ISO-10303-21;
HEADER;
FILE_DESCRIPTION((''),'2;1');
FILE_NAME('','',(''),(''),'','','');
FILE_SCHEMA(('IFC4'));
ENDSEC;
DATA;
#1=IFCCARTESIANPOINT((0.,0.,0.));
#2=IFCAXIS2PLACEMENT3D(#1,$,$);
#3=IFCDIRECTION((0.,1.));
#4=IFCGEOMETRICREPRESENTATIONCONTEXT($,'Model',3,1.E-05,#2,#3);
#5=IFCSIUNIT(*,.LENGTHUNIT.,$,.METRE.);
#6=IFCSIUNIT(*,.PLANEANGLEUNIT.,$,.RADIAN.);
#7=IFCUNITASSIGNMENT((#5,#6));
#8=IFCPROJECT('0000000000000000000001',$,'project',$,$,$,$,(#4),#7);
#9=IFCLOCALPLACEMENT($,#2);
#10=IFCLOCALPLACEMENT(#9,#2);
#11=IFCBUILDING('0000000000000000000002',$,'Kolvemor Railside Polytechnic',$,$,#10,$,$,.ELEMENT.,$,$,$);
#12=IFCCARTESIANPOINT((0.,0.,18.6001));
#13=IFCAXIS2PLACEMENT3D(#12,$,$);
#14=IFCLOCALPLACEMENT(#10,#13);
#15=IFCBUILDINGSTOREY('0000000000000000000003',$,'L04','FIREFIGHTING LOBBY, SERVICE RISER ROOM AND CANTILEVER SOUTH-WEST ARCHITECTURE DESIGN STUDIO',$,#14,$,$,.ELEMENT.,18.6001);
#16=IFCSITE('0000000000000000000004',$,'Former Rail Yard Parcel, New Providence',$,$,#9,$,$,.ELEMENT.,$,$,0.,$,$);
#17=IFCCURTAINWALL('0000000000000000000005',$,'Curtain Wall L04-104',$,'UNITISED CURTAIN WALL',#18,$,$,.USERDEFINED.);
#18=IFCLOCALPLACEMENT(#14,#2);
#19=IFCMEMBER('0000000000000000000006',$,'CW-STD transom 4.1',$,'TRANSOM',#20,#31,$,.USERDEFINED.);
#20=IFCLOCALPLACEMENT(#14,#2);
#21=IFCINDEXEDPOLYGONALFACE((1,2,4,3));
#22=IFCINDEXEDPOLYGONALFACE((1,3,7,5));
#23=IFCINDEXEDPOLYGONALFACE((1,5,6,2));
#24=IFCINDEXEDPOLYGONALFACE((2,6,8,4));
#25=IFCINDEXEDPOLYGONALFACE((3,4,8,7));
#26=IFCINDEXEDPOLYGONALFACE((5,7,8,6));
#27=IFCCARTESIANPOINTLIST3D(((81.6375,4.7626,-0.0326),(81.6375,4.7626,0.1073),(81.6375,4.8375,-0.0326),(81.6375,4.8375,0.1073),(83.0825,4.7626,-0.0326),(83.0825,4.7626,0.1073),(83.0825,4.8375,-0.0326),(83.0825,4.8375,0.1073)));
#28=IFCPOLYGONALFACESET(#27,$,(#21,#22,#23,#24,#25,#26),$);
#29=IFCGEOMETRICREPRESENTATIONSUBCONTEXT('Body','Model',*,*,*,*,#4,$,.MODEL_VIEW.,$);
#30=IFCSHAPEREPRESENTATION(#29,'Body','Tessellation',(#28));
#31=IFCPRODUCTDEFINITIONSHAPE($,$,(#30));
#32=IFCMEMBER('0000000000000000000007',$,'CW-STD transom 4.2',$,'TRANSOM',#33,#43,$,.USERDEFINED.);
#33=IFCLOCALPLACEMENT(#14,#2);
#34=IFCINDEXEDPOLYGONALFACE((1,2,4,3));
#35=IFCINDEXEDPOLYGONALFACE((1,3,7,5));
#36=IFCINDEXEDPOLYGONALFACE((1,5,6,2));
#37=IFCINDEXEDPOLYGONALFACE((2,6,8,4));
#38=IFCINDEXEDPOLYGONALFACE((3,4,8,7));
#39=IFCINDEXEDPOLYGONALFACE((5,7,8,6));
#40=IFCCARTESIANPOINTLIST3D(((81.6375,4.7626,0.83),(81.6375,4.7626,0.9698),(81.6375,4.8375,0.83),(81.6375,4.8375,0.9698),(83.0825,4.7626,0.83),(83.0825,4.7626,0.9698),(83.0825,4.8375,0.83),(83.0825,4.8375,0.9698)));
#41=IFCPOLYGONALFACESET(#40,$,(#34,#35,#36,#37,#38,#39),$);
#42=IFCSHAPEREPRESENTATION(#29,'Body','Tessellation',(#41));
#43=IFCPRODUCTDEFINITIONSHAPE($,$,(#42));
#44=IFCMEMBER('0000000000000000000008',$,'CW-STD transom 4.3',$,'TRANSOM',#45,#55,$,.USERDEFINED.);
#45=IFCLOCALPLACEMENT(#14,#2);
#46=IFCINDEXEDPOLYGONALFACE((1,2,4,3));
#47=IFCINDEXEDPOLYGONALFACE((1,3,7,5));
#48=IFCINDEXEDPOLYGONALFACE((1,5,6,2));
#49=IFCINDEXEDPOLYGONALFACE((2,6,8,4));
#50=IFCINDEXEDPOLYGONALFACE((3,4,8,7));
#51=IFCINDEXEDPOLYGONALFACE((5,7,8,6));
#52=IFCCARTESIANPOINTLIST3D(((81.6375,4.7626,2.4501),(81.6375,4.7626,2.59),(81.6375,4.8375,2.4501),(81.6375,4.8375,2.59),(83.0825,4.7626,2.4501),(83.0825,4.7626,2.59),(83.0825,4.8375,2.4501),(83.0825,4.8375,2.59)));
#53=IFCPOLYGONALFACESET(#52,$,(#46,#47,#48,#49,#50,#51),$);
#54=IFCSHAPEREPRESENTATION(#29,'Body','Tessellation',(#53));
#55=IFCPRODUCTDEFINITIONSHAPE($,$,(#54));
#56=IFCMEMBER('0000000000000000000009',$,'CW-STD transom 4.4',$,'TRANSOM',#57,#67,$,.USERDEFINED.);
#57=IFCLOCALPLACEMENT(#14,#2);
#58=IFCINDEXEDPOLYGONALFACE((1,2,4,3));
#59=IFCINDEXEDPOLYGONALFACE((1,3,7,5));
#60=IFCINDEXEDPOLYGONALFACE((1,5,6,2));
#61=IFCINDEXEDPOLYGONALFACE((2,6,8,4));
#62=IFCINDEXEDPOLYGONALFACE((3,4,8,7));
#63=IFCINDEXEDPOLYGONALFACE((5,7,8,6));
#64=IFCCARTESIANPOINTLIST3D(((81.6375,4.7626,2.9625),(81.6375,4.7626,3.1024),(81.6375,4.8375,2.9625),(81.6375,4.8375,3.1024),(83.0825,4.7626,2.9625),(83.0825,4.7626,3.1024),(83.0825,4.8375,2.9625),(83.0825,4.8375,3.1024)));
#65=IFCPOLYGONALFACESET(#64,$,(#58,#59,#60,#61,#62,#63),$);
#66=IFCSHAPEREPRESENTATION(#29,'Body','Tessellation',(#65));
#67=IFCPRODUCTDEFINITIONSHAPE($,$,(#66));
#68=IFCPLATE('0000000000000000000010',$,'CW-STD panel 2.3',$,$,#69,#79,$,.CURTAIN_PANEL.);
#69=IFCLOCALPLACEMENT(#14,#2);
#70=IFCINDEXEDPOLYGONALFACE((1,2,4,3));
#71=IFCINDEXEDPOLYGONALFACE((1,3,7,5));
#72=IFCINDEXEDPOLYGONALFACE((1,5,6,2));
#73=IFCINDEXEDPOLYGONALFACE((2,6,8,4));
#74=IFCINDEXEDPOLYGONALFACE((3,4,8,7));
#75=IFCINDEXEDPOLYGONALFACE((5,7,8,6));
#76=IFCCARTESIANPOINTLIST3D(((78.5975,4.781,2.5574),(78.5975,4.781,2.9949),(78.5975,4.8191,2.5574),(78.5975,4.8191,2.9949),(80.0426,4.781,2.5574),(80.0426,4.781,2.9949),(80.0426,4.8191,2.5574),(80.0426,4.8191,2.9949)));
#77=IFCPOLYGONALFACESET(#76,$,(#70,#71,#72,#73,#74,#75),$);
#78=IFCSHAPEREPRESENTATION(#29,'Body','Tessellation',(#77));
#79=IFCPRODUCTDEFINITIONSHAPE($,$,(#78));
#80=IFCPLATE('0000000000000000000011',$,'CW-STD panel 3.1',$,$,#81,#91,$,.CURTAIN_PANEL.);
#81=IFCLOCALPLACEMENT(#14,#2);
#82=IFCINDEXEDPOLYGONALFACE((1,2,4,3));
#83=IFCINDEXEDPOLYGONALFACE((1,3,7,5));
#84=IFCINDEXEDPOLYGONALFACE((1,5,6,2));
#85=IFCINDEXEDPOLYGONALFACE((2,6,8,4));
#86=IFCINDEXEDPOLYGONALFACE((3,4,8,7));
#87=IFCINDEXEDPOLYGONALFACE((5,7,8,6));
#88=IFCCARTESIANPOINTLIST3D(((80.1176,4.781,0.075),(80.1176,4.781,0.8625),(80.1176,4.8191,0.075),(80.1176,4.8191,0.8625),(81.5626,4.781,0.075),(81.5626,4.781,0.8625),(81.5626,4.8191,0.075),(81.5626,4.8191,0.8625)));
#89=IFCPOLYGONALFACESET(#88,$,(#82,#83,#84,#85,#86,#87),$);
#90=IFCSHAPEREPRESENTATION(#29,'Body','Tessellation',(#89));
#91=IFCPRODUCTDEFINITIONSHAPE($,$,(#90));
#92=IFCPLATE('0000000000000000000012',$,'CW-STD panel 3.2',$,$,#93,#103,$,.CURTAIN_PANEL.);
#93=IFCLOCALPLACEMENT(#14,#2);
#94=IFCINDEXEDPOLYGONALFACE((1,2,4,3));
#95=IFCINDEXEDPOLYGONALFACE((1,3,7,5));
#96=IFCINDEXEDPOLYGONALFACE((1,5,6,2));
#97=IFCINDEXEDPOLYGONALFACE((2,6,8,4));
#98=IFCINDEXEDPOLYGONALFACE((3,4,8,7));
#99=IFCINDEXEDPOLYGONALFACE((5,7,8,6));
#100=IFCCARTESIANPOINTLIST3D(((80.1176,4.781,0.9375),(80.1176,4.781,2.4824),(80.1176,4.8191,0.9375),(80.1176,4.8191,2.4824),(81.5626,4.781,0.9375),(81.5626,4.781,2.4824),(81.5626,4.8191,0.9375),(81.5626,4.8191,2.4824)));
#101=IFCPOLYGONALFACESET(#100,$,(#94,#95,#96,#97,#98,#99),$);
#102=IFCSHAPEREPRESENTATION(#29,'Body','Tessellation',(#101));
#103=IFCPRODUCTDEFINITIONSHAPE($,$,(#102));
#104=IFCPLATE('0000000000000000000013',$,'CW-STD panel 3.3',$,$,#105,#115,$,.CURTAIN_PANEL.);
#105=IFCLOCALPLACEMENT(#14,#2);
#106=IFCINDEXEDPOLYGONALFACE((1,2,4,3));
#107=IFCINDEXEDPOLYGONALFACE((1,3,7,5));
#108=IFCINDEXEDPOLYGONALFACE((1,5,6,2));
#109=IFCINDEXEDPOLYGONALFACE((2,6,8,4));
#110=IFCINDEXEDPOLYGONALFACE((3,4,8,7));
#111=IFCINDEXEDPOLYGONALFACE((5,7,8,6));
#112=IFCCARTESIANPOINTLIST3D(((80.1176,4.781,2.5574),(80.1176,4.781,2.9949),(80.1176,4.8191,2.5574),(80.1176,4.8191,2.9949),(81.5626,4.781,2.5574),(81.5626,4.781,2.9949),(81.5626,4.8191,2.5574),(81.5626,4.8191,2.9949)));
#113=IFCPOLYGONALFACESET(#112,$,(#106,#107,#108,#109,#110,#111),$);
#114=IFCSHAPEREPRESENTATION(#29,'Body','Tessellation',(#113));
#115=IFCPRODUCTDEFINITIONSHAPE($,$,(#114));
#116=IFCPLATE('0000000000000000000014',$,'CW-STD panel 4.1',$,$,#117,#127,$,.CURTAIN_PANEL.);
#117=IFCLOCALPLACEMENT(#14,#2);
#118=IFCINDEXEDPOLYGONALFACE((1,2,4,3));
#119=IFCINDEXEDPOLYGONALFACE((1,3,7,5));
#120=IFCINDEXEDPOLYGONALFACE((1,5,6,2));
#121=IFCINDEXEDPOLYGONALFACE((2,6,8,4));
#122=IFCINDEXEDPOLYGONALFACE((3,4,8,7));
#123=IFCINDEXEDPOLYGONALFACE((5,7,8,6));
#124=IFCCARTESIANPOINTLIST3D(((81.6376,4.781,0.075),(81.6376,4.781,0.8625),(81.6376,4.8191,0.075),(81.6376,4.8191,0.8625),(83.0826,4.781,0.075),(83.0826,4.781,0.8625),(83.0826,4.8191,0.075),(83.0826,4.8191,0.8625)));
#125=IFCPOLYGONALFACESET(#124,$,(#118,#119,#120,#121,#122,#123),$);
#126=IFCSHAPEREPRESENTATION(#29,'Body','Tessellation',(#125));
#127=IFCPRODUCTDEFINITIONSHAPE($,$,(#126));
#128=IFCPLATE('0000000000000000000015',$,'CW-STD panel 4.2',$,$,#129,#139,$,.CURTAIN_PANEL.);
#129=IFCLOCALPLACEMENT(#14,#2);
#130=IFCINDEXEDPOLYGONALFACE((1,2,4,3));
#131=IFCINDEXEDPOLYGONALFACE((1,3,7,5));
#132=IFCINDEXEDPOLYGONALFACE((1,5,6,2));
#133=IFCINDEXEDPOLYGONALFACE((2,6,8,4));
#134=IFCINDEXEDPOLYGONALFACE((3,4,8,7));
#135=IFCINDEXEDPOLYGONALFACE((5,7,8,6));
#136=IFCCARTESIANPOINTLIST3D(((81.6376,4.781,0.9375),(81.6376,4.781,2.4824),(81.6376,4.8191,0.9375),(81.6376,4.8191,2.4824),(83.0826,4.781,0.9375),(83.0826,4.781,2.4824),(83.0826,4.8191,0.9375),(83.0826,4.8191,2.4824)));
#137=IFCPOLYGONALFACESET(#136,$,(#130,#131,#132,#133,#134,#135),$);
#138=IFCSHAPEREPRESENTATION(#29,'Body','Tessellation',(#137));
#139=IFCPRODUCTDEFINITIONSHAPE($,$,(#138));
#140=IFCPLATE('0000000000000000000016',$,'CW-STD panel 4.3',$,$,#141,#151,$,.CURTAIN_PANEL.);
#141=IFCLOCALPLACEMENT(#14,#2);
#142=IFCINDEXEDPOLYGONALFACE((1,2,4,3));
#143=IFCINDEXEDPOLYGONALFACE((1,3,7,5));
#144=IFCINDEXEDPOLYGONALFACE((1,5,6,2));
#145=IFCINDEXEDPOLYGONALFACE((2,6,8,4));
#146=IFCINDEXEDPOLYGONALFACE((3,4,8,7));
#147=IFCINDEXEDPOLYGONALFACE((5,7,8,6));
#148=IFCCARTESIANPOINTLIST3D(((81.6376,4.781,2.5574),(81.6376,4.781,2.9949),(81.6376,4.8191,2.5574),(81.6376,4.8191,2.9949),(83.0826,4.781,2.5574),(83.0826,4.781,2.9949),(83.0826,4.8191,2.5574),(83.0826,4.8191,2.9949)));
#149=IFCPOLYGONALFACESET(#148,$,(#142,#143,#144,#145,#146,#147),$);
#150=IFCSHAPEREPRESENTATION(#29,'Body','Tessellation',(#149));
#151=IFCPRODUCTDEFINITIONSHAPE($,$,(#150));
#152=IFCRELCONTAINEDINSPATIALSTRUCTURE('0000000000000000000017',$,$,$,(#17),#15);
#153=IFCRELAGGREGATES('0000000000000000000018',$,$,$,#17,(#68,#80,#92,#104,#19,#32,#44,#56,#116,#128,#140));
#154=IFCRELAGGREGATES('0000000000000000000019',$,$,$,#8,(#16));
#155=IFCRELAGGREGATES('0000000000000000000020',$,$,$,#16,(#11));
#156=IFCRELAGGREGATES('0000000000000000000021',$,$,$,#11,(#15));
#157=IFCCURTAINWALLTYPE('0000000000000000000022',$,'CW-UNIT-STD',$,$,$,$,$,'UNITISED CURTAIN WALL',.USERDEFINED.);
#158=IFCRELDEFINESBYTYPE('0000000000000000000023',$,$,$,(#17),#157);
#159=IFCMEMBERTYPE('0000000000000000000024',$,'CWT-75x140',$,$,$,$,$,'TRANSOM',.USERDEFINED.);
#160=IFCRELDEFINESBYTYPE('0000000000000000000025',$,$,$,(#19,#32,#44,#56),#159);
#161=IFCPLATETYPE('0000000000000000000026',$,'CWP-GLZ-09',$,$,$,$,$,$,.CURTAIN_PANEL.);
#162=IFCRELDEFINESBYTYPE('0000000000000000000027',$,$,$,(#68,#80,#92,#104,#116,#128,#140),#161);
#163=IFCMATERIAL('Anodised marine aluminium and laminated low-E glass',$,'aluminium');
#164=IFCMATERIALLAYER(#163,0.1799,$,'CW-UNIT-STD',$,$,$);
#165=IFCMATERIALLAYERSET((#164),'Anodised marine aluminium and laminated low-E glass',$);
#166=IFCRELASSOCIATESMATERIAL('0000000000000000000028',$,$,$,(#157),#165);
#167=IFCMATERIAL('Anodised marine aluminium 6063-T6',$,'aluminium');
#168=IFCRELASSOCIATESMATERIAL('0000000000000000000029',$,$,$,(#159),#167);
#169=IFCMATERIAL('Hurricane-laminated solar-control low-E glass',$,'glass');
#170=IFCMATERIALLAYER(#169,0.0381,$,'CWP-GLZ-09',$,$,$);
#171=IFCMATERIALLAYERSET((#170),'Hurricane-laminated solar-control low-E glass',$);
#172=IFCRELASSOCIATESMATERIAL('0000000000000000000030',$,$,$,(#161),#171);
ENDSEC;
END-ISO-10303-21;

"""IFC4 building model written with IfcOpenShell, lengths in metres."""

from ifc_helpers import new_model, si_unit, direction, frame, origin, origin_2d, place, context, subcontext, project, spatial, rectangle, extrude, material, layer, layer_set, material_profile, profile_set, type_object, element, aggregate, save


model = new_model("IFC4")

# Units and contexts
model_context = context("Model", 3, precision=1e-05, world=origin(), true_north=direction((0.0, 1.0)))
body_context = subcontext(model_context, "Body", "Model", "MODEL_VIEW")
ifc_project = project(units=[si_unit("LENGTHUNIT", "METRE"), si_unit("PLANEANGLEUNIT", "RADIAN")], contexts=[model_context])

# Site, building, storey
site_placement = place(None, origin())
site = spatial("IfcSite", under=ifc_project, at=site_placement, Name="Former Rail Yard Parcel, New Providence", CompositionType="ELEMENT", RefElevation=0.0)
building_placement = place(site_placement, origin())
building = spatial("IfcBuilding", under=site, at=building_placement, Name="Kolvemor Railside Polytechnic", CompositionType="ELEMENT")
storey_placement = place(building_placement, frame((0.0, 0.0, 18.6001)))
storey = spatial("IfcBuildingStorey", under=building, at=storey_placement, Name="L04", Description="FIREFIGHTING LOBBY, SERVICE RISER ROOM AND CANTILEVER SOUTH-WEST ARCHITECTURE DESIGN STUDIO", CompositionType="ELEMENT", Elevation=18.6001)

# Curtain wall, members, plates
ifc_material_1 = material(Name="Anodised marine aluminium and laminated low-E glass", Category="aluminium")
ifc_layer_1 = layer(ifc_material_1, 0.1799, Name="CW-UNIT-STD")
ifc_layer_set_1 = layer_set([ifc_layer_1], Name="Anodised marine aluminium and laminated low-E glass")
curtain_wall_type = type_object("IfcCurtainWallType", Name="CW-UNIT-STD", ElementType="UNITISED CURTAIN WALL", PredefinedType="USERDEFINED", material=ifc_layer_set_1)
curtain_wall_placement = place(storey_placement, origin())
curtain_wall = element("IfcCurtainWall", 1, at=curtain_wall_placement, inside=storey, type_object=curtain_wall_type, Name="Curtain Wall L04-104", ObjectType="UNITISED CURTAIN WALL", PredefinedType="USERDEFINED")
ifc_material_2 = material(Name="Anodised marine aluminium 6063-T6", Category="aluminium")
ifc_material_profile_1 = material_profile(ifc_material_2, rectangle(XDim=0.075, YDim=0.1399, at=origin_2d()), Name="CW-TRN-75x140")
ifc_profile_set_1 = profile_set([ifc_material_profile_1], Name="Anodised marine aluminium 6063-T6")
member_type_1 = type_object("IfcMemberType", Name="CWT-75x140", ElementType="TRANSOM", PredefinedType="USERDEFINED", material=ifc_profile_set_1)
member_1_placement = place(storey_placement, frame((81.6375, 4.8, 0.0374), z_axis=(1.0, 0.0, 0.0), x_axis=(0.0, 1.0, 0.0)))
member_1 = element("IfcMember", 2, at=member_1_placement, type_object=member_type_1, Name="CW-STD transom 4.1", ObjectType="TRANSOM", PredefinedType="USERDEFINED", context=body_context, shape_type="SweptSolid", body=[
    extrude(rectangle(XDim=0.075, YDim=0.1399, at=origin_2d()), origin(), (0.0, 0.0, 1.0), 1.4451),
])
member_2_placement = place(storey_placement, frame((81.6375, 4.8, 0.8999), z_axis=(1.0, 0.0, 0.0), x_axis=(0.0, 1.0, 0.0)))
member_2 = element("IfcMember", 3, at=member_2_placement, type_object=member_type_1, Name="CW-STD transom 4.2", ObjectType="TRANSOM", PredefinedType="USERDEFINED", context=body_context, shape_type="SweptSolid", body=[
    extrude(rectangle(XDim=0.075, YDim=0.1399, at=origin_2d()), origin(), (0.0, 0.0, 1.0), 1.4451),
])
member_3_placement = place(storey_placement, frame((81.6375, 4.8, 2.52), z_axis=(1.0, 0.0, 0.0), x_axis=(0.0, 1.0, 0.0)))
member_3 = element("IfcMember", 4, at=member_3_placement, type_object=member_type_1, Name="CW-STD transom 4.3", ObjectType="TRANSOM", PredefinedType="USERDEFINED", context=body_context, shape_type="SweptSolid", body=[
    extrude(rectangle(XDim=0.075, YDim=0.1399, at=origin_2d()), origin(), (0.0, 0.0, 1.0), 1.4451),
])
member_4_placement = place(storey_placement, frame((81.6375, 4.8, 3.0325), z_axis=(1.0, 0.0, 0.0), x_axis=(0.0, 1.0, 0.0)))
member_4 = element("IfcMember", 5, at=member_4_placement, type_object=member_type_1, Name="CW-STD transom 4.4", ObjectType="TRANSOM", PredefinedType="USERDEFINED", context=body_context, shape_type="SweptSolid", body=[
    extrude(rectangle(XDim=0.075, YDim=0.1399, at=origin_2d()), origin(), (0.0, 0.0, 1.0), 1.4451),
])
ifc_material_3 = material(Name="Hurricane-laminated solar-control low-E glass", Category="glass")
ifc_layer_2 = layer(ifc_material_3, 0.0381, Name="CWP-GLZ-09")
ifc_layer_set_2 = layer_set([ifc_layer_2], Name="Hurricane-laminated solar-control low-E glass")
plate_type = type_object("IfcPlateType", Name="CWP-GLZ-09", PredefinedType="CURTAIN_PANEL", material=ifc_layer_set_2)
plate_1_placement = place(storey_placement, frame((79.3201, 4.8, 2.5574), z_axis=(0.0, 0.0, 1.0), x_axis=(1.0, 0.0, 0.0)))
plate_1 = element("IfcPlate", 6, at=plate_1_placement, type_object=plate_type, Name="CW-STD panel 2.3", PredefinedType="CURTAIN_PANEL", context=body_context, shape_type="SweptSolid", body=[
    extrude(rectangle(XDim=1.4451, YDim=0.0381, at=origin_2d()), origin(), (0.0, 0.0, 1.0), 0.4375),
])
plate_2_placement = place(storey_placement, frame((80.8401, 4.8, 0.075), z_axis=(0.0, 0.0, 1.0), x_axis=(1.0, 0.0, 0.0)))
plate_2 = element("IfcPlate", 7, at=plate_2_placement, type_object=plate_type, Name="CW-STD panel 3.1", PredefinedType="CURTAIN_PANEL", context=body_context, shape_type="SweptSolid", body=[
    extrude(rectangle(XDim=1.4451, YDim=0.0381, at=origin_2d()), origin(), (0.0, 0.0, 1.0), 0.7876),
])
plate_3_placement = place(storey_placement, frame((80.8401, 4.8, 0.9375), z_axis=(0.0, 0.0, 1.0), x_axis=(1.0, 0.0, 0.0)))
plate_3 = element("IfcPlate", 8, at=plate_3_placement, type_object=plate_type, Name="CW-STD panel 3.2", PredefinedType="CURTAIN_PANEL", context=body_context, shape_type="SweptSolid", body=[
    extrude(rectangle(XDim=1.4451, YDim=0.0381, at=origin_2d()), origin(), (0.0, 0.0, 1.0), 1.5449),
])
plate_4_placement = place(storey_placement, frame((80.8401, 4.8, 2.5574), z_axis=(0.0, 0.0, 1.0), x_axis=(1.0, 0.0, 0.0)))
plate_4 = element("IfcPlate", 9, at=plate_4_placement, type_object=plate_type, Name="CW-STD panel 3.3", PredefinedType="CURTAIN_PANEL", context=body_context, shape_type="SweptSolid", body=[
    extrude(rectangle(XDim=1.4451, YDim=0.0381, at=origin_2d()), origin(), (0.0, 0.0, 1.0), 0.4375),
])
plate_5_placement = place(storey_placement, frame((82.3601, 4.8, 0.075), z_axis=(0.0, 0.0, 1.0), x_axis=(1.0, 0.0, 0.0)))
plate_5 = element("IfcPlate", 10, at=plate_5_placement, type_object=plate_type, Name="CW-STD panel 4.1", PredefinedType="CURTAIN_PANEL", context=body_context, shape_type="SweptSolid", body=[
    extrude(rectangle(XDim=1.4451, YDim=0.0381, at=origin_2d()), origin(), (0.0, 0.0, 1.0), 0.7876),
])
plate_6_placement = place(storey_placement, frame((82.3601, 4.8, 0.9375), z_axis=(0.0, 0.0, 1.0), x_axis=(1.0, 0.0, 0.0)))
plate_6 = element("IfcPlate", 11, at=plate_6_placement, type_object=plate_type, Name="CW-STD panel 4.2", PredefinedType="CURTAIN_PANEL", context=body_context, shape_type="SweptSolid", body=[
    extrude(rectangle(XDim=1.4451, YDim=0.0381, at=origin_2d()), origin(), (0.0, 0.0, 1.0), 1.5449),
])
plate_7_placement = place(storey_placement, frame((82.3601, 4.8, 2.5574), z_axis=(0.0, 0.0, 1.0), x_axis=(1.0, 0.0, 0.0)))
plate_7 = element("IfcPlate", 12, at=plate_7_placement, type_object=plate_type, Name="CW-STD panel 4.3", PredefinedType="CURTAIN_PANEL", context=body_context, shape_type="SweptSolid", body=[
    extrude(rectangle(XDim=1.4451, YDim=0.0381, at=origin_2d()), origin(), (0.0, 0.0, 1.0), 0.4375),
])
aggregate(curtain_wall, [plate_1, plate_2, plate_3, plate_4, member_1, member_2, member_3, member_4, plate_5, plate_6, plate_7])

save(model, "model.ifc")
